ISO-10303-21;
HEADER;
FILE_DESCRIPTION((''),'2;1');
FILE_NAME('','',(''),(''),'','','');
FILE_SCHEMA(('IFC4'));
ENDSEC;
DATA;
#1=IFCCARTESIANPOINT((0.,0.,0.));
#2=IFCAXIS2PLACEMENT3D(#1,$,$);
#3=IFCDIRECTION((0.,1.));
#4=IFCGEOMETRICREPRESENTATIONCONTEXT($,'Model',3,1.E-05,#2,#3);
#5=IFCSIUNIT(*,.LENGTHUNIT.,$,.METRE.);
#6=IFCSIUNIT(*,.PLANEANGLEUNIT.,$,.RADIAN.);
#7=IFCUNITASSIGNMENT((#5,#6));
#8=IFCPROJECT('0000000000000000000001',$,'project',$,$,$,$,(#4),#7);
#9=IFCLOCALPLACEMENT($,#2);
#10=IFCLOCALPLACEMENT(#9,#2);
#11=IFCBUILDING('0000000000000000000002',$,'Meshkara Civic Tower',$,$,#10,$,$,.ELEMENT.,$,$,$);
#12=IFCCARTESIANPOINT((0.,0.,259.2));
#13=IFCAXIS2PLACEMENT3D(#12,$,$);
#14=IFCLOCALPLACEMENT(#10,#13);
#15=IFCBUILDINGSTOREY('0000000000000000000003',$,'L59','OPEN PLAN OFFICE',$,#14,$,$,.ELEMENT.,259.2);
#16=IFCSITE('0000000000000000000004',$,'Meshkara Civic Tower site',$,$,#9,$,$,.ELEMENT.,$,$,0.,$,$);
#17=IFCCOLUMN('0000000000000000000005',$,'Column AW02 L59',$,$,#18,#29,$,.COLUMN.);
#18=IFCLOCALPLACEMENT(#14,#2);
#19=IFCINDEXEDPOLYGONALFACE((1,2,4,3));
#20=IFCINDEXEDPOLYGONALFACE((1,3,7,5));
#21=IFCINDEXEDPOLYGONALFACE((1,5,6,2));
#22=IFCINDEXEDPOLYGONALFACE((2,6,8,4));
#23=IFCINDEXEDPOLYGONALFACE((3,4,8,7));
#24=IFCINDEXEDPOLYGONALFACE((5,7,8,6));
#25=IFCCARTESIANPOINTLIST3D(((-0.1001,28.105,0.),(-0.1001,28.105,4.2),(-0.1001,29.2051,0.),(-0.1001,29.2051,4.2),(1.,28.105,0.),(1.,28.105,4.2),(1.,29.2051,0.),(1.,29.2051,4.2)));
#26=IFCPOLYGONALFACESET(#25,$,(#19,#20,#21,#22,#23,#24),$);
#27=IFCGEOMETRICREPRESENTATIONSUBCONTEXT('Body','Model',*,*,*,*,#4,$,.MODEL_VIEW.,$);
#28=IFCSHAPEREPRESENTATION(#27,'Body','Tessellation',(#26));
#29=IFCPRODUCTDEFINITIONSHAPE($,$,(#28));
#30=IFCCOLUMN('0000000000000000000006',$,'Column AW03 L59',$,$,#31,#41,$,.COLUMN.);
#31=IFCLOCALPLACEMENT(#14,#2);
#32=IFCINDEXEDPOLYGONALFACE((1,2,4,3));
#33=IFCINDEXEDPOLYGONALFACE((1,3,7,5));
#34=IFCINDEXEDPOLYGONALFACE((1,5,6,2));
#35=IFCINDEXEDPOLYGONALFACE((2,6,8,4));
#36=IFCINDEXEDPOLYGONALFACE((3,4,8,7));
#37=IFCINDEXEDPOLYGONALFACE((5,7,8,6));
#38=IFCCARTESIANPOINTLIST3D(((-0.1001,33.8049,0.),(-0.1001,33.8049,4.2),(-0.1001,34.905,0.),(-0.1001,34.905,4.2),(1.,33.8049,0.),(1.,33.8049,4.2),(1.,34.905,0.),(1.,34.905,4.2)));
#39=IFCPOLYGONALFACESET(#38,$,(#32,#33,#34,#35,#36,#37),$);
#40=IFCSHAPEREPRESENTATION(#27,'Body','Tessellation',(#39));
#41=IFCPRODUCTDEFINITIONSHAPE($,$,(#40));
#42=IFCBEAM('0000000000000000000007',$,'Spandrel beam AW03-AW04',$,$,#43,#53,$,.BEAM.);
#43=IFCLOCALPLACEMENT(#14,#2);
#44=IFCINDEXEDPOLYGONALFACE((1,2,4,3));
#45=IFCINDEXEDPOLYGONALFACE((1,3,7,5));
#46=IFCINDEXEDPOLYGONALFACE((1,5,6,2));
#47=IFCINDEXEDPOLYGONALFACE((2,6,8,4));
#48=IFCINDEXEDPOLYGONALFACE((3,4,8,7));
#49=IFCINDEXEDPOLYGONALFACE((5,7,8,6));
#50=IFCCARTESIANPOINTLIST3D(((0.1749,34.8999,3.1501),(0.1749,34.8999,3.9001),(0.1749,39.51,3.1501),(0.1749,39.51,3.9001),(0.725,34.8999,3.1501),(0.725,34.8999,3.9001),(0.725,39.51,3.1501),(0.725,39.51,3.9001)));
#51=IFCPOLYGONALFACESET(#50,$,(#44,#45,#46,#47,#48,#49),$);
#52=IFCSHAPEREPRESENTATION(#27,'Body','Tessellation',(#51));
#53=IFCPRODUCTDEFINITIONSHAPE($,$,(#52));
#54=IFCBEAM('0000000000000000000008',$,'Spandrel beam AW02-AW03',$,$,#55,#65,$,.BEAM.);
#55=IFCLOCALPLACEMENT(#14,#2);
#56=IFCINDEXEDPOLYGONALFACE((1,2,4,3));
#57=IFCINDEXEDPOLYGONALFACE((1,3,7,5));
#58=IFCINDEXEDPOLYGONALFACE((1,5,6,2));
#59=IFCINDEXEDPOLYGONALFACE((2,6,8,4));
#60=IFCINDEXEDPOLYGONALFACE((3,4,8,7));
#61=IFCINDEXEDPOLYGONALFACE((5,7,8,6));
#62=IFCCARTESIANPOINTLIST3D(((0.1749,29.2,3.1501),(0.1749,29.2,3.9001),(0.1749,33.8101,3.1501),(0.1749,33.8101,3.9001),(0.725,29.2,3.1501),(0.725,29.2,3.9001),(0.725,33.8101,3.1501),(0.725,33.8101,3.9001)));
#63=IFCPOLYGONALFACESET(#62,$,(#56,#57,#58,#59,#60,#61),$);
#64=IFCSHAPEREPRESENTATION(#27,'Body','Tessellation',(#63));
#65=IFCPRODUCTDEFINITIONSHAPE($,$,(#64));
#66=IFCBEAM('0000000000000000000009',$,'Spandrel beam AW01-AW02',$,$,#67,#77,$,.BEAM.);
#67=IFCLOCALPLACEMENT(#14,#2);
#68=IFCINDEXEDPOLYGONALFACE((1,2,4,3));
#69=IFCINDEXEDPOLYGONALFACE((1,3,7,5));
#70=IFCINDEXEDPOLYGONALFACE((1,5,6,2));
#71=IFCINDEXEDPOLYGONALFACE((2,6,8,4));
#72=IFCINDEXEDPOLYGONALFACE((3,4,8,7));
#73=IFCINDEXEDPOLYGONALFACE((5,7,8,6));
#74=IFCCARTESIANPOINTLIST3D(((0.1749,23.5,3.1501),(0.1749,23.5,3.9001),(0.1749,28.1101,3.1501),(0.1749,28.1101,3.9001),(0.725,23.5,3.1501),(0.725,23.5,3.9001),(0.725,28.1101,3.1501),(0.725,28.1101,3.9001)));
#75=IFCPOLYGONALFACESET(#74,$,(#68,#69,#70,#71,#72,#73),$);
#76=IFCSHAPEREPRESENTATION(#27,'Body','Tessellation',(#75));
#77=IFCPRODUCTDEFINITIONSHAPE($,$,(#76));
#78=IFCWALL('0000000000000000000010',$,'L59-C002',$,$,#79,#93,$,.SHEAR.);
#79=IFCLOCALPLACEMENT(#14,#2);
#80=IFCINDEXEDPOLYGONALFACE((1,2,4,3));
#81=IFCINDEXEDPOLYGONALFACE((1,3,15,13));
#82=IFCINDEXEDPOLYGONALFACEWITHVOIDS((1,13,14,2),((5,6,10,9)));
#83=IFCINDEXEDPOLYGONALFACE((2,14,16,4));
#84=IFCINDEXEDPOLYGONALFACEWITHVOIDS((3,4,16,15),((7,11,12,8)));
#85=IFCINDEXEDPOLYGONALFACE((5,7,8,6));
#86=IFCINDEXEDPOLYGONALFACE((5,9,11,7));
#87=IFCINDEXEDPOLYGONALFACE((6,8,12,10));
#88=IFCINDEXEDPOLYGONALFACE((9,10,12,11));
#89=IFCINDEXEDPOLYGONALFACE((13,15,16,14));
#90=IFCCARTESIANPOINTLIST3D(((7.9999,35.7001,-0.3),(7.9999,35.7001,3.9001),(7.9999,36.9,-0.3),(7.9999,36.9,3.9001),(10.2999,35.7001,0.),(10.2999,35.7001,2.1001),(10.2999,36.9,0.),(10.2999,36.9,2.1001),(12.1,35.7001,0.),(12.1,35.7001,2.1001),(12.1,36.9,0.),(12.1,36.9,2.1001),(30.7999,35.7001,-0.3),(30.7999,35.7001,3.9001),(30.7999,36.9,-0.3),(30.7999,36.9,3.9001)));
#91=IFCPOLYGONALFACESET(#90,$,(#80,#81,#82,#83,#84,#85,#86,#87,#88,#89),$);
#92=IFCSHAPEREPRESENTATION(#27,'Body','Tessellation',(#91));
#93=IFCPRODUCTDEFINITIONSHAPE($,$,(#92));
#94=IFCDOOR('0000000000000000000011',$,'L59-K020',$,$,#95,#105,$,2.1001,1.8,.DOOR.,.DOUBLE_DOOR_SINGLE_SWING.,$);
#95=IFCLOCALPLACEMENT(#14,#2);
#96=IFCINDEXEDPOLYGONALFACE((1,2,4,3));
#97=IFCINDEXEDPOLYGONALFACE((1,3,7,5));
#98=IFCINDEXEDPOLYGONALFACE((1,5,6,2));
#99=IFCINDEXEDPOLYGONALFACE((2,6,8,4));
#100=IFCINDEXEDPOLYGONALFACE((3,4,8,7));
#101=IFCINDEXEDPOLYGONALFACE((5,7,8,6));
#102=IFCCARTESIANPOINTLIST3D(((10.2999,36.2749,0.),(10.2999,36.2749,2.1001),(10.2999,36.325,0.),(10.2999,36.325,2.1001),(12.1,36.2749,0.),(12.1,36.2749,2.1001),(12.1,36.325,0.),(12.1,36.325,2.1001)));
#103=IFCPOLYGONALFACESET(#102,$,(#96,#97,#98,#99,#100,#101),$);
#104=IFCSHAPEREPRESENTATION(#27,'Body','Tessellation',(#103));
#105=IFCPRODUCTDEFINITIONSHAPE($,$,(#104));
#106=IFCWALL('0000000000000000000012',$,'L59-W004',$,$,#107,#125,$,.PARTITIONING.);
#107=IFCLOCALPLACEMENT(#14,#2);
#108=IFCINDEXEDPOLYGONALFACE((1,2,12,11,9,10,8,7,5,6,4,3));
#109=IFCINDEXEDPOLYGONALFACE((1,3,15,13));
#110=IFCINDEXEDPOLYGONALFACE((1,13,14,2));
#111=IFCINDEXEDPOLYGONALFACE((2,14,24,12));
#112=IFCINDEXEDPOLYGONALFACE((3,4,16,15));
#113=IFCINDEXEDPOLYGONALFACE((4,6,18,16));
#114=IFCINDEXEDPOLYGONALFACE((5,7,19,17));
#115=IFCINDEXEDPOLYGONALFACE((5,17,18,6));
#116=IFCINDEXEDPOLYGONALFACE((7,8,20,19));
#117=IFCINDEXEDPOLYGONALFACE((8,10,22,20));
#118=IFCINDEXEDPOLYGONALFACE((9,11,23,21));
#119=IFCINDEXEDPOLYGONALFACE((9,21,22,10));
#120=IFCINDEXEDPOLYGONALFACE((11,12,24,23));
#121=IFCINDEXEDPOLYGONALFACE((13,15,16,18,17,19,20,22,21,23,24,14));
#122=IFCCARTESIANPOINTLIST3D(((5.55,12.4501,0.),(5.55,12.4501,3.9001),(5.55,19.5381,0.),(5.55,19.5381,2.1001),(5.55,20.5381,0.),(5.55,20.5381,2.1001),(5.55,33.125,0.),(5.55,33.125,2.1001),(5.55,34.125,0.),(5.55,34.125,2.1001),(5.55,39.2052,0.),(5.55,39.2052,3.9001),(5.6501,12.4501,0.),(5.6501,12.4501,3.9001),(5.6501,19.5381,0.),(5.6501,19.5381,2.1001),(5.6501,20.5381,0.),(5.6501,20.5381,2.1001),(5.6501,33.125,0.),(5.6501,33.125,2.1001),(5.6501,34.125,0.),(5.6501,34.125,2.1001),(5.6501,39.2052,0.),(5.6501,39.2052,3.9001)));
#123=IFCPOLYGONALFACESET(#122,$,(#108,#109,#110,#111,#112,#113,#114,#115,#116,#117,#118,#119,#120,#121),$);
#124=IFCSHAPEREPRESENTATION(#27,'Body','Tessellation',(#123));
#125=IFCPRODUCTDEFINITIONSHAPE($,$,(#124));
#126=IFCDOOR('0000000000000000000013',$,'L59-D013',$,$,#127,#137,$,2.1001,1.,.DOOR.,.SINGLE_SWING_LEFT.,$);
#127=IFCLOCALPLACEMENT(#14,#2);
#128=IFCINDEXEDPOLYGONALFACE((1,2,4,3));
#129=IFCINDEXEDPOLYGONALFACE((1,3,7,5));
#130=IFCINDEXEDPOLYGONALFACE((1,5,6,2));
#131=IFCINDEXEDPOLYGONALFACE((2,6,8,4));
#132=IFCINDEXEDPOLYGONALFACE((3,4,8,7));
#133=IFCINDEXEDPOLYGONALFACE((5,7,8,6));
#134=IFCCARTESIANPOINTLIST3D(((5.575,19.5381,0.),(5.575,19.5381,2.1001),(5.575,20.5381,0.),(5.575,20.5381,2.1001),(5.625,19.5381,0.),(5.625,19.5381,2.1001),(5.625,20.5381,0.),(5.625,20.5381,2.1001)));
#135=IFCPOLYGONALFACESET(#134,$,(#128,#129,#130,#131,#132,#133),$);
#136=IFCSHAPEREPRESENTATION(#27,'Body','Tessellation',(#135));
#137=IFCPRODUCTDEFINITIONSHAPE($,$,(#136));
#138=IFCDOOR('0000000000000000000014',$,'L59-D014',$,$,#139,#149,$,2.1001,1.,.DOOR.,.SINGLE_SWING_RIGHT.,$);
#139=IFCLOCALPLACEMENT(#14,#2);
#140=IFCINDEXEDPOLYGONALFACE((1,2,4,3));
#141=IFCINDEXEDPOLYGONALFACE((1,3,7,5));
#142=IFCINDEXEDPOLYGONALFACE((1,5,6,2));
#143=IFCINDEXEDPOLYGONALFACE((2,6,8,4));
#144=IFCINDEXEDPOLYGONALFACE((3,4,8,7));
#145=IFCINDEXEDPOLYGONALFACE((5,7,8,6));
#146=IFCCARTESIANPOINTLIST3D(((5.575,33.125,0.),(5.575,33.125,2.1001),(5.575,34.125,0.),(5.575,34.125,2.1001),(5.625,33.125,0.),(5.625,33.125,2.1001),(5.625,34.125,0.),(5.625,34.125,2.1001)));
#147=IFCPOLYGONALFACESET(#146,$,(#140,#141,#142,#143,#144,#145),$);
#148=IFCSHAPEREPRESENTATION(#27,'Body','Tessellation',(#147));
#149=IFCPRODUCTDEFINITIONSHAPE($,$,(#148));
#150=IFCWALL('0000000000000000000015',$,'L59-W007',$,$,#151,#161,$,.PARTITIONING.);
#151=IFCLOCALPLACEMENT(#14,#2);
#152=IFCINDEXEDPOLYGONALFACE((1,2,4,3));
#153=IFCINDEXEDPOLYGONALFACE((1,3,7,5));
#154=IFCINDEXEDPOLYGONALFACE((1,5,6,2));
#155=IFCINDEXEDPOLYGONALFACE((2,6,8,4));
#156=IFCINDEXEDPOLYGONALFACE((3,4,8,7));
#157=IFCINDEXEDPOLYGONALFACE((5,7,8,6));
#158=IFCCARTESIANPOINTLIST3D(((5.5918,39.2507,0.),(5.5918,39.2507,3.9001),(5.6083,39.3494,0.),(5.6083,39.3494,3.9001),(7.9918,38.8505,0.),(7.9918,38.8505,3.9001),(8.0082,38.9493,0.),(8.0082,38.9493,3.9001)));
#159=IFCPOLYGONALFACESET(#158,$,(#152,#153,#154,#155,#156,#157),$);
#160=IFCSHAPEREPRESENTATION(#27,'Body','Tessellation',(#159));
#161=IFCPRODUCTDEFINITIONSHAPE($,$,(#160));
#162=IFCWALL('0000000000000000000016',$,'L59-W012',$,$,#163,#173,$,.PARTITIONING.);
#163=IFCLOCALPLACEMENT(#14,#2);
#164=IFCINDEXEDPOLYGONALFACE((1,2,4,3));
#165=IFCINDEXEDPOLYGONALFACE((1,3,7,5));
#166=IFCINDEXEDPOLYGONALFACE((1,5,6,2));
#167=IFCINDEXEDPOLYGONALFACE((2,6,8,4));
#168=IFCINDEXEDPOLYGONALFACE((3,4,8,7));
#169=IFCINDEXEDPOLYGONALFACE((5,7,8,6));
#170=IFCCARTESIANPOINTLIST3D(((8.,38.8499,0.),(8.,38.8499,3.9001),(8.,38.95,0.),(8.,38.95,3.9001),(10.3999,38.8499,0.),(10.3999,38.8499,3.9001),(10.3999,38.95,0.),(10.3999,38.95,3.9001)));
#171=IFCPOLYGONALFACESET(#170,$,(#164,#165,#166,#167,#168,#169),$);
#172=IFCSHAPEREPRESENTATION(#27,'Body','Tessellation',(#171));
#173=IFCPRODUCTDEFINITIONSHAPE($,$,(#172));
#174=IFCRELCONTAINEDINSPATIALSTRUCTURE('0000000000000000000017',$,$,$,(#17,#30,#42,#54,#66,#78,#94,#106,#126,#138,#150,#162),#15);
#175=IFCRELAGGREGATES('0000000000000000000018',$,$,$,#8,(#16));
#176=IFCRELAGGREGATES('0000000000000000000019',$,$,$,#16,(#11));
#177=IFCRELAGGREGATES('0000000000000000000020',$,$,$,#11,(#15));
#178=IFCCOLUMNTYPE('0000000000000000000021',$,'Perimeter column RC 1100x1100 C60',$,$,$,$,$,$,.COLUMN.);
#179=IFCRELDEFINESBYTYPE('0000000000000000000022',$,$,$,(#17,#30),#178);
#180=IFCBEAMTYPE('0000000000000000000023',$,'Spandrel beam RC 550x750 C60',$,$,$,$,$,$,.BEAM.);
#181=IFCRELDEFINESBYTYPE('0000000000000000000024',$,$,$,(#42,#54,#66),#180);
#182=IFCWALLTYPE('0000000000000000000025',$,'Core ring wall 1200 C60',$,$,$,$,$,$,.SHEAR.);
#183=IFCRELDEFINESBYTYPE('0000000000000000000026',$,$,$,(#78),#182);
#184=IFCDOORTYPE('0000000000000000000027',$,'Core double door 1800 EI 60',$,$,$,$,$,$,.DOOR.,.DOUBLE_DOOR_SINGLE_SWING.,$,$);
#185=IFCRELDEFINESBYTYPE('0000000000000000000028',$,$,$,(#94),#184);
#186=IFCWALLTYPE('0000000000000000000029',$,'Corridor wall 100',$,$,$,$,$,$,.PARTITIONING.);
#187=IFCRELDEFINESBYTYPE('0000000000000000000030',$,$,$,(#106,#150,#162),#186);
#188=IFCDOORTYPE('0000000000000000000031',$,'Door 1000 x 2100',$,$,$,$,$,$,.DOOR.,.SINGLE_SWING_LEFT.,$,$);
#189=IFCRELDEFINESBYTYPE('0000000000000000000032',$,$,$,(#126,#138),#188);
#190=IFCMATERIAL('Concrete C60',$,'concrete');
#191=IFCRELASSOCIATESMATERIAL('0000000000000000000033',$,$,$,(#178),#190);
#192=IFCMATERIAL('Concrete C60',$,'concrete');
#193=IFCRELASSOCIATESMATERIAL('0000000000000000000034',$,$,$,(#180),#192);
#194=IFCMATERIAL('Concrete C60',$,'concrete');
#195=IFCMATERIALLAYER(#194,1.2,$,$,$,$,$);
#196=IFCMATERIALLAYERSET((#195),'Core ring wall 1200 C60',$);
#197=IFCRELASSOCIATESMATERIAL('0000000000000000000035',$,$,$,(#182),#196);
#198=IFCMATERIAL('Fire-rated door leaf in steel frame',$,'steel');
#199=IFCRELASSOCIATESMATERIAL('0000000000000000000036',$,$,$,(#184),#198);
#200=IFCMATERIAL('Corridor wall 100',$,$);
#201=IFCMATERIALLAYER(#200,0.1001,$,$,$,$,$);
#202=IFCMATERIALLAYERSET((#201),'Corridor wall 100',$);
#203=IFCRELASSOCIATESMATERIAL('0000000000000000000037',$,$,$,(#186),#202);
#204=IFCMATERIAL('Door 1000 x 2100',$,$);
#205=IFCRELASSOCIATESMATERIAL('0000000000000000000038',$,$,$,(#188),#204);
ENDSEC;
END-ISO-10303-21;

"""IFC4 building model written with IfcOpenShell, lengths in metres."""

from ifc_helpers import new_model, si_unit, direction, frame, frame_2d, origin, origin_2d, place, context, subcontext, project, spatial, rectangle, extrude, material, layer, layer_set, material_profile, profile_set, type_object, element, fill, save


model = new_model("IFC4")

# Units and contexts
model_context = context("Model", 3, precision=1e-05, world=origin(), true_north=direction((0.0, 1.0)))
body_context = subcontext(model_context, "Body", "Model", "MODEL_VIEW")
ifc_project = project(units=[si_unit("LENGTHUNIT", "METRE"), si_unit("PLANEANGLEUNIT", "RADIAN")], contexts=[model_context])

# Site, building, storey
site_placement = place(None, origin())
site = spatial("IfcSite", under=ifc_project, at=site_placement, Name="Meshkara Civic Tower site", CompositionType="ELEMENT", RefElevation=0.0)
building_placement = place(site_placement, origin())
building = spatial("IfcBuilding", under=site, at=building_placement, Name="Meshkara Civic Tower", CompositionType="ELEMENT")
storey_placement = place(building_placement, frame((0.0, 0.0, 259.2)))
storey = spatial("IfcBuildingStorey", under=building, at=storey_placement, Name="L59", Description="OPEN PLAN OFFICE", CompositionType="ELEMENT", Elevation=259.2)

# Columns
ifc_material_1 = material(Name="Concrete C60", Category="concrete")
ifc_material_profile_1 = material_profile(ifc_material_1, rectangle(XDim=1.1001, YDim=1.1001, at=origin_2d()))
ifc_profile_set_1 = profile_set([ifc_material_profile_1], Name="Concrete C60")
column_type = type_object("IfcColumnType", Name="Perimeter column RC 1100x1100 C60", PredefinedType="COLUMN", material=ifc_profile_set_1)
for number, where, z_axis, x_axis, name in (
    (1, (0.45, 28.655, 0.0), (0.0, 0.0, 1.0), (1.0, 0.0, 0.0), "Column AW02 L59"),
    (2, (0.45, 34.355, 0.0), (0.0, 0.0, 1.0), (1.0, 0.0, 0.0), "Column AW03 L59"),
):
    element("IfcColumn", number, at=place(storey_placement, frame(where, z_axis=z_axis, x_axis=x_axis)), inside=storey, type_object=column_type, Name=name, PredefinedType="COLUMN", context=body_context, shape_type="SweptSolid", body=[
        extrude(rectangle(XDim=1.1001, YDim=1.1001, at=origin_2d()), origin(), (0.0, 0.0, 1.0), 4.2),
    ])

# Beams
ifc_material_2 = material(Name="Concrete C60", Category="concrete")
ifc_material_profile_2 = material_profile(ifc_material_2, rectangle(XDim=0.55, YDim=0.75, at=origin_2d()))
ifc_profile_set_2 = profile_set([ifc_material_profile_2], Name="Concrete C60")
beam_type = type_object("IfcBeamType", Name="Spandrel beam RC 550x750 C60", PredefinedType="BEAM", material=ifc_profile_set_2)
for number, where, z_axis, x_axis, name in (
    (3, (0.45, 39.51, 3.5251), (0.0, -1.0, 0.0), (1.0, 0.0, 0.0), "Spandrel beam AW03-AW04"),
    (4, (0.45, 33.8101, 3.5251), (0.0, -1.0, 0.0), (1.0, 0.0, 0.0), "Spandrel beam AW02-AW03"),
    (5, (0.45, 28.1101, 3.5251), (0.0, -1.0, 0.0), (1.0, 0.0, 0.0), "Spandrel beam AW01-AW02"),
):
    element("IfcBeam", number, at=place(storey_placement, frame(where, z_axis=z_axis, x_axis=x_axis)), inside=storey, type_object=beam_type, Name=name, PredefinedType="BEAM", context=body_context, shape_type="SweptSolid", body=[
        extrude(rectangle(XDim=0.55, YDim=0.75, at=origin_2d()), origin(), (0.0, 0.0, 1.0), 4.6101),
    ])

# Wall, opening, door
ifc_material_3 = material(Name="Concrete C60", Category="concrete")
ifc_layer_1 = layer(ifc_material_3, 1.2)
ifc_layer_set_1 = layer_set([ifc_layer_1], Name="Core ring wall 1200 C60")
wall_type_1 = type_object("IfcWallType", Name="Core ring wall 1200 C60", PredefinedType="SHEAR", material=ifc_layer_set_1)
wall_1_placement = place(storey_placement, frame((8.0, 36.3, -0.3), z_axis=(0.0, 0.0, 1.0), x_axis=(1.0, 0.0, 0.0)))
wall_1 = element("IfcWall", 6, at=wall_1_placement, inside=storey, type_object=wall_type_1, Name="L59-C002", PredefinedType="SHEAR", context=body_context, shape_type="SweptSolid", body=[
    extrude(rectangle(XDim=22.8, YDim=1.2, at=frame_2d((11.3999, 0.0))), origin(), (0.0, 0.0, 1.0), 4.2002),
])
opening_1_placement = place(wall_1_placement, frame((2.3, 0.0, 0.3)))
opening_1 = element("IfcOpeningElement", 7, at=opening_1_placement, cuts=wall_1, PredefinedType="OPENING", context=body_context, shape_type="SweptSolid", body=[
    extrude(rectangle(XDim=1.8, YDim=2.1001, at=frame_2d((0.8999, 1.05))), frame((0.0, 0.6099, 0.0), z_axis=(0.0, -1.0, 0.0), x_axis=(1.0, 0.0, 0.0)), (0.0, 0.0, 1.0), 1.22),
])
ifc_material_4 = material(Name="Fire-rated door leaf in steel frame", Category="steel")
door_type_1 = type_object("IfcDoorType", Name="Core double door 1800 EI 60", OperationType="DOUBLE_DOOR_SINGLE_SWING", PredefinedType="DOOR", material=ifc_material_4)
door_1_placement = place(opening_1_placement, origin())
door_1 = element("IfcDoor", 8, at=door_1_placement, inside=storey, type_object=door_type_1, Name="L59-K020", OperationType="DOUBLE_DOOR_SINGLE_SWING", OverallHeight=2.1001, OverallWidth=1.8, PredefinedType="DOOR", context=body_context, shape_type="SweptSolid", body=[
    extrude(rectangle(XDim=1.8, YDim=2.1001, at=frame_2d((0.8999, 1.05))), frame((0.0, 0.0249, 0.0), z_axis=(0.0, -1.0, 0.0), x_axis=(1.0, 0.0, 0.0)), (0.0, 0.0, 1.0), 0.05),
])
fill(opening_1, door_1)

# Wall, openings, doors
ifc_material_5 = material(Name="Corridor wall 100")
ifc_layer_2 = layer(ifc_material_5, 0.1001)
ifc_layer_set_2 = layer_set([ifc_layer_2], Name="Corridor wall 100")
wall_type_2 = type_object("IfcWallType", Name="Corridor wall 100", PredefinedType="PARTITIONING", material=ifc_layer_set_2)
wall_2_placement = place(storey_placement, frame((5.6001, 39.2051, 0.0), z_axis=(0.0, 0.0, 1.0), x_axis=(0.0, -1.0, 0.0)))
wall_2 = element("IfcWall", 9, at=wall_2_placement, inside=storey, type_object=wall_type_2, Name="L59-W004", PredefinedType="PARTITIONING", context=body_context, shape_type="SweptSolid", body=[
    extrude(rectangle(XDim=26.7551, YDim=0.1001, at=frame_2d((13.3774, 0.0))), origin(), (0.0, 0.0, 1.0), 3.9001),
])
opening_2_placement = place(wall_2_placement, frame((18.667, 0.0, 0.0)))
opening_2 = element("IfcOpeningElement", 10, at=opening_2_placement, cuts=wall_2, PredefinedType="OPENING", context=body_context, shape_type="SweptSolid", body=[
    extrude(rectangle(XDim=1.0, YDim=2.1001, at=frame_2d((0.5, 1.05))), frame((0.0, 0.0601, 0.0), z_axis=(0.0, -1.0, 0.0), x_axis=(1.0, 0.0, 0.0)), (0.0, 0.0, 1.0), 0.1201),
])
opening_3_placement = place(wall_2_placement, frame((5.0801, 0.0, 0.0)))
opening_3 = element("IfcOpeningElement", 11, at=opening_3_placement, cuts=wall_2, PredefinedType="OPENING", context=body_context, shape_type="SweptSolid", body=[
    extrude(rectangle(XDim=1.0, YDim=2.1001, at=frame_2d((0.5, 1.05))), frame((0.0, 0.0601, 0.0), z_axis=(0.0, -1.0, 0.0), x_axis=(1.0, 0.0, 0.0)), (0.0, 0.0, 1.0), 0.1201),
])
ifc_material_6 = material(Name="Door 1000 x 2100")
door_type_2 = type_object("IfcDoorType", Name="Door 1000 x 2100", OperationType="SINGLE_SWING_LEFT", PredefinedType="DOOR", material=ifc_material_6)
door_2_placement = place(opening_2_placement, origin())
door_2 = element("IfcDoor", 12, at=door_2_placement, inside=storey, type_object=door_type_2, Name="L59-D013", OperationType="SINGLE_SWING_LEFT", OverallHeight=2.1001, OverallWidth=1.0, PredefinedType="DOOR", context=body_context, shape_type="SweptSolid", body=[
    extrude(rectangle(XDim=1.0, YDim=2.1001, at=frame_2d((0.5, 1.05))), frame((0.0, 0.0249, 0.0), z_axis=(0.0, -1.0, 0.0), x_axis=(1.0, 0.0, 0.0)), (0.0, 0.0, 1.0), 0.05),
])
fill(opening_2, door_2)
door_3_placement = place(opening_3_placement, origin())
door_3 = element("IfcDoor", 13, at=door_3_placement, inside=storey, type_object=door_type_2, Name="L59-D014", OperationType="SINGLE_SWING_RIGHT", OverallHeight=2.1001, OverallWidth=1.0, PredefinedType="DOOR", context=body_context, shape_type="SweptSolid", body=[
    extrude(rectangle(XDim=1.0, YDim=2.1001, at=frame_2d((0.5, 1.05))), frame((0.0, 0.0249, 0.0), z_axis=(0.0, -1.0, 0.0), x_axis=(1.0, 0.0, 0.0)), (0.0, 0.0, 1.0), 0.05),
])
fill(opening_3, door_3)

# Walls
wall_3_placement = place(storey_placement, frame((8.0, 38.8999, 0.0), z_axis=(0.0, 0.0, 1.0), x_axis=(-0.986383, 0.164464, 0.0)))
element("IfcWall", 14, at=wall_3_placement, inside=storey, type_object=wall_type_2, Name="L59-W007", PredefinedType="PARTITIONING", context=body_context, shape_type="SweptSolid", body=[
    extrude(rectangle(XDim=2.4331, YDim=0.1001, at=frame_2d((1.2166, 0.0))), origin(), (0.0, 0.0, 1.0), 3.9001),
])
wall_4_placement = place(storey_placement, frame((10.3999, 38.8999, 0.0), z_axis=(0.0, 0.0, 1.0), x_axis=(-1.0, 0.0, 0.0)))
element("IfcWall", 15, at=wall_4_placement, inside=storey, type_object=wall_type_2, Name="L59-W012", PredefinedType="PARTITIONING", context=body_context, shape_type="SweptSolid", body=[
    extrude(rectangle(XDim=2.3999, YDim=0.1001, at=frame_2d((1.2, 0.0))), origin(), (0.0, 0.0, 1.0), 3.9001),
])

save(model, "model.ifc")
